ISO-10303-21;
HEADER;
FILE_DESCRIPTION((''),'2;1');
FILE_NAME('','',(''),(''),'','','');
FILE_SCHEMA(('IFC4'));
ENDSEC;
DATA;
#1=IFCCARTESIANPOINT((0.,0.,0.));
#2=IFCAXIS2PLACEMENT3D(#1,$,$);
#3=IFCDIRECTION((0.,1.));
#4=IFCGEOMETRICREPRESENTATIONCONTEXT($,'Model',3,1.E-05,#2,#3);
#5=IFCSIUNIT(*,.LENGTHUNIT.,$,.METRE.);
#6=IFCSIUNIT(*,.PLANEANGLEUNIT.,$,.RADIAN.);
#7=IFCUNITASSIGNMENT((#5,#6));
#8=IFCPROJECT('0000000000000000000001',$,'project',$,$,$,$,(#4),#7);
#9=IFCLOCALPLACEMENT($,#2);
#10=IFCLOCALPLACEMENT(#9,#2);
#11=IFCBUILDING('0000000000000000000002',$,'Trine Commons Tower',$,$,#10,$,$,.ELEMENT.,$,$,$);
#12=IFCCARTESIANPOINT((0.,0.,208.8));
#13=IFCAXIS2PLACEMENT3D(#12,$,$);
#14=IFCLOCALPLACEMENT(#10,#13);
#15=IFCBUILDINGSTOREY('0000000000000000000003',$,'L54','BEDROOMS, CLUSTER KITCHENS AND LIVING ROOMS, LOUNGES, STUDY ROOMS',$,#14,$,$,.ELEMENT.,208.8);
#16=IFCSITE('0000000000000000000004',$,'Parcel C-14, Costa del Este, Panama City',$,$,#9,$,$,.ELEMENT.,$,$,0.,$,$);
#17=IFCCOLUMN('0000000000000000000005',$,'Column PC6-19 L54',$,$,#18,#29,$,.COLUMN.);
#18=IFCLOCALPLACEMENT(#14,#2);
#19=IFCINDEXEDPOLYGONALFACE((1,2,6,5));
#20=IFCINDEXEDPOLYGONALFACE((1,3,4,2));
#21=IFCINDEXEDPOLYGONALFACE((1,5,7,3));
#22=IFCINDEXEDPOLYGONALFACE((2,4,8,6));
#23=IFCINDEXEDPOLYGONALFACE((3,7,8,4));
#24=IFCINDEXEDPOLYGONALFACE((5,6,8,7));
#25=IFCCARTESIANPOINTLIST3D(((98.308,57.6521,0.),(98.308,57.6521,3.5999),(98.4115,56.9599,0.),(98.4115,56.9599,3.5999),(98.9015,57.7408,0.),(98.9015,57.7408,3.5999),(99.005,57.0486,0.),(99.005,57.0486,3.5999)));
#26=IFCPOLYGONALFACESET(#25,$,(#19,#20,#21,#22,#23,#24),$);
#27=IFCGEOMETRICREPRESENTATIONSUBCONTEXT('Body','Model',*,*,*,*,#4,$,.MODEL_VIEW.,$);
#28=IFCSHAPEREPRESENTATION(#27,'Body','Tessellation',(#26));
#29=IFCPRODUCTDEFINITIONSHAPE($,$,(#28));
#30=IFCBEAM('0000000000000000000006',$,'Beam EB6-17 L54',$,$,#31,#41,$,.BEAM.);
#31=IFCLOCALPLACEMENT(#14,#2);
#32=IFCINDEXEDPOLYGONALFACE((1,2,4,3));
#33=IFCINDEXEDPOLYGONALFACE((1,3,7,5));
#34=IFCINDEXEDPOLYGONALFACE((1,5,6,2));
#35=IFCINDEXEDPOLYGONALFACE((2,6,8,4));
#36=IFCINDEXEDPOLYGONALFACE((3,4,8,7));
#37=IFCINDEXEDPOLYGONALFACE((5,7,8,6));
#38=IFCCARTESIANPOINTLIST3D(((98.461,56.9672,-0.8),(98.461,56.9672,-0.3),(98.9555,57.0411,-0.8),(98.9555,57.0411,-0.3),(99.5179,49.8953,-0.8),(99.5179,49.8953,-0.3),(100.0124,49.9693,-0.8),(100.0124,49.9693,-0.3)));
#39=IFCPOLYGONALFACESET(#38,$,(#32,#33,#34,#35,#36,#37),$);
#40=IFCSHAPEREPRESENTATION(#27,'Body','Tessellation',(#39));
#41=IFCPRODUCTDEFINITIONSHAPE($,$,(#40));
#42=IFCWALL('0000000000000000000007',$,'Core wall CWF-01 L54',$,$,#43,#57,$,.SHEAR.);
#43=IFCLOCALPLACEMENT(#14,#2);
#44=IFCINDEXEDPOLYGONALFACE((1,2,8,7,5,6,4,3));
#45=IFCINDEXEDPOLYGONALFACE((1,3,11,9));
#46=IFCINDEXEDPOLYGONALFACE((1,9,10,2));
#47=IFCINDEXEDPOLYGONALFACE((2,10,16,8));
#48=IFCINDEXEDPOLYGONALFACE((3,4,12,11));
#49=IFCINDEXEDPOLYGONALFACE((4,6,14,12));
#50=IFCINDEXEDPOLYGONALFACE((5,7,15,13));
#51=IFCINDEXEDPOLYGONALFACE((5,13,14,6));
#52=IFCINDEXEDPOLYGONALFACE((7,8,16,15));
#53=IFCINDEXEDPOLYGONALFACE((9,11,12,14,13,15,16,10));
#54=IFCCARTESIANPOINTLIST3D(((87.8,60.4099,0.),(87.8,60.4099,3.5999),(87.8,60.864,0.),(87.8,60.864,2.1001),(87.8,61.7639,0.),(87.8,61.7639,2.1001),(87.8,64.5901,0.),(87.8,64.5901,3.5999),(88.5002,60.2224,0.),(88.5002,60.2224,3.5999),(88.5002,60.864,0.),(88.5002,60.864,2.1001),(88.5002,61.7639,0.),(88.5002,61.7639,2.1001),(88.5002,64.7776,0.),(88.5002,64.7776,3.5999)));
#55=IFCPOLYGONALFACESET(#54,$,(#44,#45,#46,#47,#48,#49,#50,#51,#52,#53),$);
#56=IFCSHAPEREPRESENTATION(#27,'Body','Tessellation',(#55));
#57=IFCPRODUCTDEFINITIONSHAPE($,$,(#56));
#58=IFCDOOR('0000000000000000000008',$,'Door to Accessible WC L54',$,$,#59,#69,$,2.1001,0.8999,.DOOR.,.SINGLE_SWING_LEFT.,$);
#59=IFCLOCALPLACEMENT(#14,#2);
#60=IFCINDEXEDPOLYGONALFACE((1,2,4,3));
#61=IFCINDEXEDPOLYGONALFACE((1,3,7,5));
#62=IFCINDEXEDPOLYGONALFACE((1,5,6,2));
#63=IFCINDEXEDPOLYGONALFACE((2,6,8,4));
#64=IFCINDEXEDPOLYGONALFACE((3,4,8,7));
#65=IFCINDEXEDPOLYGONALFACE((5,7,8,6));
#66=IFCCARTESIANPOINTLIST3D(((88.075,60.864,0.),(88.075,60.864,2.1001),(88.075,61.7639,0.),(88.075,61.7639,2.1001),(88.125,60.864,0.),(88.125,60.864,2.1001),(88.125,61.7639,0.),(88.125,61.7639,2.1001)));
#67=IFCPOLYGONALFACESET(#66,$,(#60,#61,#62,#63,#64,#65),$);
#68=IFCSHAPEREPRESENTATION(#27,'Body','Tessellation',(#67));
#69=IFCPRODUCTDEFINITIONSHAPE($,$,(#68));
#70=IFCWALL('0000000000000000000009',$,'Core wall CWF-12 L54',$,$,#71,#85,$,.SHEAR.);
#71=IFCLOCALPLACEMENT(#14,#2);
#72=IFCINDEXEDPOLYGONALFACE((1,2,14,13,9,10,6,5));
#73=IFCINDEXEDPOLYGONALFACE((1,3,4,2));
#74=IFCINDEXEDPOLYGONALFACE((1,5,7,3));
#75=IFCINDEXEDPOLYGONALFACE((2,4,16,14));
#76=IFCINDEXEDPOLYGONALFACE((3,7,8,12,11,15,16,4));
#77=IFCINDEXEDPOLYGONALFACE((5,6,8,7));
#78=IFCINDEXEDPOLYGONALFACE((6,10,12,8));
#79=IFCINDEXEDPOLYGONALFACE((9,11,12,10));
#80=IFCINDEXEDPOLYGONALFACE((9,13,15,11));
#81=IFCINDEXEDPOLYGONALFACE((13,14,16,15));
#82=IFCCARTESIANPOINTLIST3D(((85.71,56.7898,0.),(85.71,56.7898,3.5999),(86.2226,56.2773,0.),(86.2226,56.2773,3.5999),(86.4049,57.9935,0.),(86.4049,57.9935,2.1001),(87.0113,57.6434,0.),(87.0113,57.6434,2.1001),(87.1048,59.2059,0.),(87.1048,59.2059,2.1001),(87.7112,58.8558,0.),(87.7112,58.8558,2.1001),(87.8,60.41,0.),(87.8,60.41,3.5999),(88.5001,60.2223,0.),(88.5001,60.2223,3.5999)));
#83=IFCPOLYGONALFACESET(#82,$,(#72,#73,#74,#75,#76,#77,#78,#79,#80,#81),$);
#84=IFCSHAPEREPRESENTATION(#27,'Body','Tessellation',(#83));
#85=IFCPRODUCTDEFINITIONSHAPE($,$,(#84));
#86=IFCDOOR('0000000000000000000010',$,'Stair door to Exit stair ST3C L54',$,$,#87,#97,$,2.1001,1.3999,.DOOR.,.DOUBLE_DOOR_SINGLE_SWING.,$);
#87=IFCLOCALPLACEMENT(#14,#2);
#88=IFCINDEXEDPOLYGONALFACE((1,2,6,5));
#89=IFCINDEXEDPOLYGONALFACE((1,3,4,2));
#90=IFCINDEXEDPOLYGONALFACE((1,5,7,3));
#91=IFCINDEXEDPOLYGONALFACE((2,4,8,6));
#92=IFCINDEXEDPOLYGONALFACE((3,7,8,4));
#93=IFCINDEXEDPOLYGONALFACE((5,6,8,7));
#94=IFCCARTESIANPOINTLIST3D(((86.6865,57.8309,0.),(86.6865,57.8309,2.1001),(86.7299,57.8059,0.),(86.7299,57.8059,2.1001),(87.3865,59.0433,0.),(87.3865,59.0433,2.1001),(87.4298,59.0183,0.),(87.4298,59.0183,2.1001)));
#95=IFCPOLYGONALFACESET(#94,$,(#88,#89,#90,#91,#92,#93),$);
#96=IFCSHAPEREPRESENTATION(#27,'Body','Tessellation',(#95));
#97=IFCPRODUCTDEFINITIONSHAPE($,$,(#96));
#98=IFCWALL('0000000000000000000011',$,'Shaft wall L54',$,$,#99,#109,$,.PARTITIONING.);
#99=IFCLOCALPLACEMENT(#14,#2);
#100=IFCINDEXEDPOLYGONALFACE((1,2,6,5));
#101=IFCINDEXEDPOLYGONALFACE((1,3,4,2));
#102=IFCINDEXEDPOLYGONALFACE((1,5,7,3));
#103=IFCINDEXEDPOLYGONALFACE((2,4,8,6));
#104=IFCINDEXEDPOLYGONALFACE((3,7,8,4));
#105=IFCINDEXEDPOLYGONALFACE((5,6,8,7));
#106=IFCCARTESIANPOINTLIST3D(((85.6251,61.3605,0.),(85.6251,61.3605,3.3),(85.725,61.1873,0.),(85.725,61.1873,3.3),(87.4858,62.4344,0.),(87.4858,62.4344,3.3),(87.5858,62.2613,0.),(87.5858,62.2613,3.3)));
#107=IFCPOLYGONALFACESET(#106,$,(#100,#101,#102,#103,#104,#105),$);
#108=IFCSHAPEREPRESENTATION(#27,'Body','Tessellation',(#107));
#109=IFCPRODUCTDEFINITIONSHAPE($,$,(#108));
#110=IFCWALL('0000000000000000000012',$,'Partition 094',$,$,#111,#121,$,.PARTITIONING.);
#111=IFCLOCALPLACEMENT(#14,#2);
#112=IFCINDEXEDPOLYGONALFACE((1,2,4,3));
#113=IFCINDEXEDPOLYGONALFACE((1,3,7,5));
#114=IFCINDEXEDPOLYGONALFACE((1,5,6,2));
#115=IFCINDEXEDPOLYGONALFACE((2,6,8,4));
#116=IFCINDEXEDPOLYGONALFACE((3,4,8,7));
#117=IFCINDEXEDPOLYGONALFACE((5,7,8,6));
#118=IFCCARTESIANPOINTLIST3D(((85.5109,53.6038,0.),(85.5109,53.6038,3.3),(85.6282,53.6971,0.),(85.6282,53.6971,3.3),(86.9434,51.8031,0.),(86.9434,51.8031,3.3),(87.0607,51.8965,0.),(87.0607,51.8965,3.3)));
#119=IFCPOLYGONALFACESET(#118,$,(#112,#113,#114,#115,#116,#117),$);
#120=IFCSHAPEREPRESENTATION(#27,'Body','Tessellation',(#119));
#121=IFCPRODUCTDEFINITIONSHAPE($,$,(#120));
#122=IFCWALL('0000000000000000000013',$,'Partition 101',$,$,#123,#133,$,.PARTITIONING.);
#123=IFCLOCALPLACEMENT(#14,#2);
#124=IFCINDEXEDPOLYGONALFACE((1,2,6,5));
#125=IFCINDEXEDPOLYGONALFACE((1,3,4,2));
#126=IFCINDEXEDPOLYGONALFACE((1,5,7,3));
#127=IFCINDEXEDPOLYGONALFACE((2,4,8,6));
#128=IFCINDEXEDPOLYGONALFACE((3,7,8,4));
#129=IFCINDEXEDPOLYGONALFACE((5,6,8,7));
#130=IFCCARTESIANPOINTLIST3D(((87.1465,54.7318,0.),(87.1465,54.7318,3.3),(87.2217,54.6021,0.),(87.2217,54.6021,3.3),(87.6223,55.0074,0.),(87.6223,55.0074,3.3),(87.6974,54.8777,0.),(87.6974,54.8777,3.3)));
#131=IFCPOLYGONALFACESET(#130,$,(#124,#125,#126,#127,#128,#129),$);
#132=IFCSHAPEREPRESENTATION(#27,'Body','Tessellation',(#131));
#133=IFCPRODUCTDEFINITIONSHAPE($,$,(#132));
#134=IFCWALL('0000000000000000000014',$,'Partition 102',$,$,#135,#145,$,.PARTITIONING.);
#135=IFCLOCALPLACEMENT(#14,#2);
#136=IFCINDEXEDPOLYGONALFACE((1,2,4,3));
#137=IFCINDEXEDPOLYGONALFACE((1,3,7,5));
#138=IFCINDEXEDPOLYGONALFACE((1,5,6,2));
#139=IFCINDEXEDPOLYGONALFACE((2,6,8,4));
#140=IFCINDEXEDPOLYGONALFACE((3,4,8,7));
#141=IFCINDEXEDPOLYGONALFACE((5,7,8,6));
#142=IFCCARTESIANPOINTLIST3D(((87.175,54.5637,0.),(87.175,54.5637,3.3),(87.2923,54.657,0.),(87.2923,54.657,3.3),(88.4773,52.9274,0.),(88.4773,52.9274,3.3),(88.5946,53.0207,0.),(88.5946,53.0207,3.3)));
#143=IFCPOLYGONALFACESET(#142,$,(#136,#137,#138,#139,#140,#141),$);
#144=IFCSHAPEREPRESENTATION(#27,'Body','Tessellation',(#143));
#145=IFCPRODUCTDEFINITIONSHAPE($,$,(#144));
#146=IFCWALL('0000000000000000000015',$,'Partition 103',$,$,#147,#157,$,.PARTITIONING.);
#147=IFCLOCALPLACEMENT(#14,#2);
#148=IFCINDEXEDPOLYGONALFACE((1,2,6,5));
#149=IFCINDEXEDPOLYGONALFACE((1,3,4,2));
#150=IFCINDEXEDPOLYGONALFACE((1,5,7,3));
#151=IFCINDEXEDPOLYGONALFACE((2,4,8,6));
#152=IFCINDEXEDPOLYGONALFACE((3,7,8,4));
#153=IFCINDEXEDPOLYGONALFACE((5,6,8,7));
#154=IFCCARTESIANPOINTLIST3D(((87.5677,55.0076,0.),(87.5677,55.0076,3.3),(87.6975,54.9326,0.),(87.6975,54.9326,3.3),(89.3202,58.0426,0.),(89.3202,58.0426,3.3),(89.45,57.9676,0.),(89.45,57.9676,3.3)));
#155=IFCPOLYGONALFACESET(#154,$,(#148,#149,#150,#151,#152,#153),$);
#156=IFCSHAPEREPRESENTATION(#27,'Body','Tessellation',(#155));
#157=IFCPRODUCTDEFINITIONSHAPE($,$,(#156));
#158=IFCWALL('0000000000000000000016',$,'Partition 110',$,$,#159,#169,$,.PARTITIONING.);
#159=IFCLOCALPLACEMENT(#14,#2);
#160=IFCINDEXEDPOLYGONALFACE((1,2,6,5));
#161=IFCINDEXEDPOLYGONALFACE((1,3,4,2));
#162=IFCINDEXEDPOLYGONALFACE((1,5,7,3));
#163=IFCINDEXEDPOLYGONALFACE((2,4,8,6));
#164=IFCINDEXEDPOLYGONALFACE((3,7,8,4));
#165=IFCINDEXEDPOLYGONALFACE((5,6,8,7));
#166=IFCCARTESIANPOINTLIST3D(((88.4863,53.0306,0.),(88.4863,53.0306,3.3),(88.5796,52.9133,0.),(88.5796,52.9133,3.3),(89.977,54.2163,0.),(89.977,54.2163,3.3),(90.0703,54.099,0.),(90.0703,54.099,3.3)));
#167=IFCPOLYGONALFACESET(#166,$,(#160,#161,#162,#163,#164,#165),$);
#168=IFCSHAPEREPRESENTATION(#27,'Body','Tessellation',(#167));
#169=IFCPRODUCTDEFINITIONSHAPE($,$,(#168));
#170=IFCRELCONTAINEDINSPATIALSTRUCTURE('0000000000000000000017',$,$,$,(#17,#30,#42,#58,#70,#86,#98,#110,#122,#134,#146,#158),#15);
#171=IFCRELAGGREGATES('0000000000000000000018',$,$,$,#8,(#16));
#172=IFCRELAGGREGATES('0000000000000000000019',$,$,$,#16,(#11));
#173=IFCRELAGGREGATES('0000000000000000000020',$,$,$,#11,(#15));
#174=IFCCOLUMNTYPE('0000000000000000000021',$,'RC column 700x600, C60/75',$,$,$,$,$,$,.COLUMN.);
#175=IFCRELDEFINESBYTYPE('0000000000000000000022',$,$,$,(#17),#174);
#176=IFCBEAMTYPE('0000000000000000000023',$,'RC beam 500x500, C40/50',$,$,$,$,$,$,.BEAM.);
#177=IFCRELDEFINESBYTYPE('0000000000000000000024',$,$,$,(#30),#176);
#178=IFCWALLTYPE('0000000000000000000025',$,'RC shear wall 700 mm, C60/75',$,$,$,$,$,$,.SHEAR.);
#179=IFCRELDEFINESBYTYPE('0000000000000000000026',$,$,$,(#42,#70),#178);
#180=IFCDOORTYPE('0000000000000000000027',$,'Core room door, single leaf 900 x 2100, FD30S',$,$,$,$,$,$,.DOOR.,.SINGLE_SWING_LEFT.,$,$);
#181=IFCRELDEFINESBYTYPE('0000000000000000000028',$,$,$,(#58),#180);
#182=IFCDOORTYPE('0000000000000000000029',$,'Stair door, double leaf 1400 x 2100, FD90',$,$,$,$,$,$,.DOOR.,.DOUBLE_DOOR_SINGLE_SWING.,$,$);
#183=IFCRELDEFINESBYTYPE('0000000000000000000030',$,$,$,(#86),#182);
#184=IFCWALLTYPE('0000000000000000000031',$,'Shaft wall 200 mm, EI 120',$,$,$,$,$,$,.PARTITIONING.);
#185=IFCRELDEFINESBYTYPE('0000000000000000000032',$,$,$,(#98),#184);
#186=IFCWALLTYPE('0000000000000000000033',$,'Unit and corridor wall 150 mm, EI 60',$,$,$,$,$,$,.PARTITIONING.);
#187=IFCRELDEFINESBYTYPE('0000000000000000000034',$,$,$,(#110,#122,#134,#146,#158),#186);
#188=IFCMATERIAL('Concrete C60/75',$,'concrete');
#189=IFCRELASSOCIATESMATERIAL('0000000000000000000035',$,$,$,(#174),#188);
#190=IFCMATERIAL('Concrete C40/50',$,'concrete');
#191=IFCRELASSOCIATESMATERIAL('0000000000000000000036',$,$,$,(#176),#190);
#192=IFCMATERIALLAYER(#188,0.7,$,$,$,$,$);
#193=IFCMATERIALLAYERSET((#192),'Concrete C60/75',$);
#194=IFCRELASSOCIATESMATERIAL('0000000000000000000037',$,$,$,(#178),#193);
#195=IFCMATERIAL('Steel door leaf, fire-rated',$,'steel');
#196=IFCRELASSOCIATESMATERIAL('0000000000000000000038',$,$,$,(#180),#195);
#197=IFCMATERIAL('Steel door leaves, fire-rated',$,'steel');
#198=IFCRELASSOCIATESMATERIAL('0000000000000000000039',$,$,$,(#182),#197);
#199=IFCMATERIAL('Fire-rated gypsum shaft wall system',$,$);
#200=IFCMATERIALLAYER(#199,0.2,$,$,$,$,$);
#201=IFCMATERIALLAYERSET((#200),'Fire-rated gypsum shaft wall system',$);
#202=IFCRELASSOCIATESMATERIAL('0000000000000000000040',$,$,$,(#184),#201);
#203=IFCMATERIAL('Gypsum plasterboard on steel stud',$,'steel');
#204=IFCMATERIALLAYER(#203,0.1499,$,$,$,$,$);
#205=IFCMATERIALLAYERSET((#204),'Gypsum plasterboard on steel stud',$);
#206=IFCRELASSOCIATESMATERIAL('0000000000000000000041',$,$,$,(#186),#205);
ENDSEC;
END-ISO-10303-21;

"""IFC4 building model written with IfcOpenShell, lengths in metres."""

from ifc_helpers import new_model, si_unit, direction, frame, frame_2d, origin, origin_2d, place, context, subcontext, project, spatial, polyline, rectangle, outline, extrude, material, layer, layer_set, material_profile, profile_set, type_object, element, fill, save


model = new_model("IFC4")

# Units and contexts
model_context = context("Model", 3, precision=1e-05, world=origin(), true_north=direction((0.0, 1.0)))
body_context = subcontext(model_context, "Body", "Model", "MODEL_VIEW")
ifc_project = project(units=[si_unit("LENGTHUNIT", "METRE"), si_unit("PLANEANGLEUNIT", "RADIAN")], contexts=[model_context])

# Site, building, storey
site_placement = place(None, origin())
site = spatial("IfcSite", under=ifc_project, at=site_placement, Name="Parcel C-14, Costa del Este, Panama City", CompositionType="ELEMENT", RefElevation=0.0)
building_placement = place(site_placement, origin())
building = spatial("IfcBuilding", under=site, at=building_placement, Name="Trine Commons Tower", CompositionType="ELEMENT")
storey_placement = place(building_placement, frame((0.0, 0.0, 208.8)))
storey = spatial("IfcBuildingStorey", under=building, at=storey_placement, Name="L54", Description="BEDROOMS, CLUSTER KITCHENS AND LIVING ROOMS, LOUNGES, STUDY ROOMS", CompositionType="ELEMENT", Elevation=208.8)

# Column
ifc_material_1 = material(Name="Concrete C60/75", Category="concrete")
ifc_material_profile_1 = material_profile(ifc_material_1, rectangle(XDim=0.7, YDim=0.6001, at=origin_2d()), Name="RC 700x600")
ifc_profile_set_1 = profile_set([ifc_material_profile_1], Name="Concrete C60/75")
column_type = type_object("IfcColumnType", Name="RC column 700x600, C60/75", PredefinedType="COLUMN", material=ifc_profile_set_1)
column_placement = place(storey_placement, frame((98.6565, 57.3503, 0.0), z_axis=(0.0, 0.0, 1.0), x_axis=(-0.147809, 0.989016, 0.0)))
element("IfcColumn", 1, at=column_placement, inside=storey, type_object=column_type, Name="Column PC6-19 L54", PredefinedType="COLUMN", context=body_context, shape_type="SweptSolid", body=[
    extrude(rectangle(XDim=0.7, YDim=0.6001, at=origin_2d()), origin(), (0.0, 0.0, 1.0), 3.5999),
])

# Beam
ifc_material_2 = material(Name="Concrete C40/50", Category="concrete")
ifc_material_profile_2 = material_profile(ifc_material_2, rectangle(XDim=0.5, YDim=0.5, at=origin_2d()), Name="RC 500x500")
ifc_profile_set_2 = profile_set([ifc_material_profile_2], Name="Concrete C40/50")
beam_type = type_object("IfcBeamType", Name="RC beam 500x500, C40/50", PredefinedType="BEAM", material=ifc_profile_set_2)
beam_placement = place(storey_placement, frame((98.7083, 57.0042, -0.55), z_axis=(0.147809, -0.989016, 0.0), x_axis=(0.989016, 0.147809, 0.0)))
element("IfcBeam", 2, at=beam_placement, inside=storey, type_object=beam_type, Name="Beam EB6-17 L54", PredefinedType="BEAM", context=body_context, shape_type="SweptSolid", body=[
    extrude(rectangle(XDim=0.5, YDim=0.5, at=origin_2d()), origin(), (0.0, 0.0, 1.0), 7.1504),
])

# Walls, openings, doors
ifc_layer_1 = layer(ifc_material_1, 0.7)
ifc_layer_set_1 = layer_set([ifc_layer_1], Name="Concrete C60/75")
wall_type_1 = type_object("IfcWallType", Name="RC shear wall 700 mm, C60/75", PredefinedType="SHEAR", material=ifc_layer_set_1)
wall_1_placement = place(storey_placement, frame((88.1501, 60.2224, 0.0), z_axis=(0.0, 0.0, 1.0), x_axis=(0.0, 1.0, 0.0)))
wall_1 = element("IfcWall", 3, at=wall_1_placement, inside=storey, type_object=wall_type_1, Name="Core wall CWF-01 L54", PredefinedType="SHEAR", context=body_context, shape_type="SweptSolid", body=[
    extrude(outline(polyline([(0.0, -0.3501), (4.5552, -0.3501), (4.3677, 0.3501), (0.1875, 0.3501), (0.0, -0.3501)])), origin(), (0.0, 0.0, 1.0), 3.5999),
])
opening_1_placement = place(wall_1_placement, frame((0.6416, 0.0, 0.0)))
opening_1 = element("IfcOpeningElement", 4, at=opening_1_placement, cuts=wall_1, PredefinedType="OPENING", context=body_context, shape_type="SweptSolid", body=[
    extrude(rectangle(XDim=0.8999, YDim=2.1001, at=frame_2d((0.45, 1.05))), frame((0.0, 0.3599, 0.0), z_axis=(0.0, -1.0, 0.0), x_axis=(1.0, 0.0, 0.0)), (0.0, 0.0, 1.0), 0.72),
])
ifc_material_3 = material(Name="Steel door leaf, fire-rated", Category="steel")
door_type_1 = type_object("IfcDoorType", Name="Core room door, single leaf 900 x 2100, FD30S", OperationType="SINGLE_SWING_LEFT", PredefinedType="DOOR", material=ifc_material_3)
door_1_placement = place(opening_1_placement, origin())
door_1 = element("IfcDoor", 5, at=door_1_placement, inside=storey, type_object=door_type_1, Name="Door to Accessible WC L54", OperationType="SINGLE_SWING_LEFT", OverallHeight=2.1001, OverallWidth=0.8999, PredefinedType="DOOR", context=body_context, shape_type="SweptSolid", body=[
    extrude(rectangle(XDim=0.8999, YDim=2.1001, at=frame_2d((0.45, 1.05))), frame((0.0, 0.0752, 0.0), z_axis=(0.0, -1.0, 0.0), x_axis=(1.0, 0.0, 0.0)), (0.0, 0.0, 1.0), 0.05),
])
fill(opening_1, door_1)
wall_2_placement = place(storey_placement, frame((85.9194, 56.4524, 0.0), z_axis=(0.0, 0.0, 1.0), x_axis=(0.499984, 0.866035, 0.0)))
wall_2 = element("IfcWall", 6, at=wall_2_placement, inside=storey, type_object=wall_type_1, Name="Core wall CWF-12 L54", PredefinedType="SHEAR", context=body_context, shape_type="SweptSolid", body=[
    extrude(outline(polyline([(0.0, -0.3501), (4.5552, -0.3501), (4.3677, 0.3501), (0.1875, 0.3501), (0.0, -0.3501)])), origin(), (0.0, 0.0, 1.0), 3.5999),
])
opening_2_placement = place(wall_2_placement, frame((1.5774, 0.0, 0.0)))
opening_2 = element("IfcOpeningElement", 7, at=opening_2_placement, cuts=wall_2, PredefinedType="OPENING", context=body_context, shape_type="SweptSolid", body=[
    extrude(rectangle(XDim=1.3999, YDim=2.1001, at=frame_2d((0.7, 1.05))), frame((0.0, 0.3599, 0.0), z_axis=(0.0, -1.0, 0.0), x_axis=(1.0, 0.0, 0.0)), (0.0, 0.0, 1.0), 0.72),
])
ifc_material_4 = material(Name="Steel door leaves, fire-rated", Category="steel")
door_type_2 = type_object("IfcDoorType", Name="Stair door, double leaf 1400 x 2100, FD90", OperationType="DOUBLE_DOOR_SINGLE_SWING", PredefinedType="DOOR", material=ifc_material_4)
door_2_placement = place(opening_2_placement, origin())
door_2 = element("IfcDoor", 8, at=door_2_placement, inside=storey, type_object=door_type_2, Name="Stair door to Exit stair ST3C L54", OperationType="DOUBLE_DOOR_SINGLE_SWING", OverallHeight=2.1001, OverallWidth=1.3999, PredefinedType="DOOR", context=body_context, shape_type="SweptSolid", body=[
    extrude(rectangle(XDim=1.3999, YDim=2.1001, at=frame_2d((0.7, 1.05))), frame((0.0, 0.0249, 0.0), z_axis=(0.0, -1.0, 0.0), x_axis=(1.0, 0.0, 0.0)), (0.0, 0.0, 1.0), 0.05),
])
fill(opening_2, door_2)

# Walls
ifc_material_5 = material(Name="Fire-rated gypsum shaft wall system")
ifc_layer_2 = layer(ifc_material_5, 0.2)
ifc_layer_set_2 = layer_set([ifc_layer_2], Name="Fire-rated gypsum shaft wall system")
wall_type_2 = type_object("IfcWallType", Name="Shaft wall 200 mm, EI 120", PredefinedType="PARTITIONING", material=ifc_layer_set_2)
wall_3_placement = place(storey_placement, frame((85.675, 61.2739, 0.0), z_axis=(0.0, 0.0, 1.0), x_axis=(0.866102, 0.499867, 0.0)))
element("IfcWall", 9, at=wall_3_placement, inside=storey, type_object=wall_type_2, Name="Shaft wall L54", PredefinedType="PARTITIONING", context=body_context, shape_type="SweptSolid", body=[
    extrude(rectangle(XDim=2.1484, YDim=0.2, at=frame_2d((1.0742, 0.0))), origin(), (0.0, 0.0, 1.0), 3.3),
])
ifc_material_6 = material(Name="Gypsum plasterboard on steel stud", Category="steel")
ifc_layer_3 = layer(ifc_material_6, 0.1499)
ifc_layer_set_3 = layer_set([ifc_layer_3], Name="Gypsum plasterboard on steel stud")
wall_type_3 = type_object("IfcWallType", Name="Unit and corridor wall 150 mm, EI 60", PredefinedType="PARTITIONING", material=ifc_layer_set_3)
wall_4_placement = place(storey_placement, frame((85.5696, 53.6504, 0.0), z_axis=(0.0, 0.0, 1.0), x_axis=(0.622571, -0.782563, 0.0)))
element("IfcWall", 10, at=wall_4_placement, inside=storey, type_object=wall_type_3, Name="Partition 094", PredefinedType="PARTITIONING", context=body_context, shape_type="SweptSolid", body=[
    extrude(rectangle(XDim=2.301, YDim=0.1499, at=frame_2d((1.1504, 0.0))), origin(), (0.0, 0.0, 1.0), 3.3),
])
wall_5_placement = place(storey_placement, frame((87.1841, 54.667, 0.0), z_axis=(0.0, 0.0, 1.0), x_axis=(0.865305, 0.501246, 0.0)))
element("IfcWall", 11, at=wall_5_placement, inside=storey, type_object=wall_type_3, Name="Partition 101", PredefinedType="PARTITIONING", context=body_context, shape_type="SweptSolid", body=[
    extrude(rectangle(XDim=0.5498, YDim=0.1499, at=frame_2d((0.2749, 0.0))), origin(), (0.0, 0.0, 1.0), 3.3),
])
wall_6_placement = place(storey_placement, frame((87.2336, 54.6104, 0.0), z_axis=(0.0, 0.0, 1.0), x_axis=(0.622728, -0.782438, 0.0)))
element("IfcWall", 12, at=wall_6_placement, inside=storey, type_object=wall_type_3, Name="Partition 102", PredefinedType="PARTITIONING", context=body_context, shape_type="SweptSolid", body=[
    extrude(rectangle(XDim=2.0913, YDim=0.1499, at=frame_2d((1.0457, 0.0))), origin(), (0.0, 0.0, 1.0), 3.3),
])
wall_7_placement = place(storey_placement, frame((87.6326, 54.97, 0.0), z_axis=(0.0, 0.0, 1.0), x_axis=(0.50005, 0.865996, 0.0)))
element("IfcWall", 13, at=wall_7_placement, inside=storey, type_object=wall_type_3, Name="Partition 103", PredefinedType="PARTITIONING", context=body_context, shape_type="SweptSolid", body=[
    extrude(rectangle(XDim=3.5046, YDim=0.1499, at=frame_2d((1.7524, 0.0))), origin(), (0.0, 0.0, 1.0), 3.3),
])
wall_8_placement = place(storey_placement, frame((88.533, 52.9719, 0.0), z_axis=(0.0, 0.0, 1.0), x_axis=(0.782604, 0.62252, 0.0)))
element("IfcWall", 14, at=wall_8_placement, inside=storey, type_object=wall_type_3, Name="Partition 110", PredefinedType="PARTITIONING", context=body_context, shape_type="SweptSolid", body=[
    extrude(rectangle(XDim=1.9048, YDim=0.1499, at=frame_2d((0.9524, 0.0))), origin(), (0.0, 0.0, 1.0), 3.3),
])

save(model, "model.ifc")
